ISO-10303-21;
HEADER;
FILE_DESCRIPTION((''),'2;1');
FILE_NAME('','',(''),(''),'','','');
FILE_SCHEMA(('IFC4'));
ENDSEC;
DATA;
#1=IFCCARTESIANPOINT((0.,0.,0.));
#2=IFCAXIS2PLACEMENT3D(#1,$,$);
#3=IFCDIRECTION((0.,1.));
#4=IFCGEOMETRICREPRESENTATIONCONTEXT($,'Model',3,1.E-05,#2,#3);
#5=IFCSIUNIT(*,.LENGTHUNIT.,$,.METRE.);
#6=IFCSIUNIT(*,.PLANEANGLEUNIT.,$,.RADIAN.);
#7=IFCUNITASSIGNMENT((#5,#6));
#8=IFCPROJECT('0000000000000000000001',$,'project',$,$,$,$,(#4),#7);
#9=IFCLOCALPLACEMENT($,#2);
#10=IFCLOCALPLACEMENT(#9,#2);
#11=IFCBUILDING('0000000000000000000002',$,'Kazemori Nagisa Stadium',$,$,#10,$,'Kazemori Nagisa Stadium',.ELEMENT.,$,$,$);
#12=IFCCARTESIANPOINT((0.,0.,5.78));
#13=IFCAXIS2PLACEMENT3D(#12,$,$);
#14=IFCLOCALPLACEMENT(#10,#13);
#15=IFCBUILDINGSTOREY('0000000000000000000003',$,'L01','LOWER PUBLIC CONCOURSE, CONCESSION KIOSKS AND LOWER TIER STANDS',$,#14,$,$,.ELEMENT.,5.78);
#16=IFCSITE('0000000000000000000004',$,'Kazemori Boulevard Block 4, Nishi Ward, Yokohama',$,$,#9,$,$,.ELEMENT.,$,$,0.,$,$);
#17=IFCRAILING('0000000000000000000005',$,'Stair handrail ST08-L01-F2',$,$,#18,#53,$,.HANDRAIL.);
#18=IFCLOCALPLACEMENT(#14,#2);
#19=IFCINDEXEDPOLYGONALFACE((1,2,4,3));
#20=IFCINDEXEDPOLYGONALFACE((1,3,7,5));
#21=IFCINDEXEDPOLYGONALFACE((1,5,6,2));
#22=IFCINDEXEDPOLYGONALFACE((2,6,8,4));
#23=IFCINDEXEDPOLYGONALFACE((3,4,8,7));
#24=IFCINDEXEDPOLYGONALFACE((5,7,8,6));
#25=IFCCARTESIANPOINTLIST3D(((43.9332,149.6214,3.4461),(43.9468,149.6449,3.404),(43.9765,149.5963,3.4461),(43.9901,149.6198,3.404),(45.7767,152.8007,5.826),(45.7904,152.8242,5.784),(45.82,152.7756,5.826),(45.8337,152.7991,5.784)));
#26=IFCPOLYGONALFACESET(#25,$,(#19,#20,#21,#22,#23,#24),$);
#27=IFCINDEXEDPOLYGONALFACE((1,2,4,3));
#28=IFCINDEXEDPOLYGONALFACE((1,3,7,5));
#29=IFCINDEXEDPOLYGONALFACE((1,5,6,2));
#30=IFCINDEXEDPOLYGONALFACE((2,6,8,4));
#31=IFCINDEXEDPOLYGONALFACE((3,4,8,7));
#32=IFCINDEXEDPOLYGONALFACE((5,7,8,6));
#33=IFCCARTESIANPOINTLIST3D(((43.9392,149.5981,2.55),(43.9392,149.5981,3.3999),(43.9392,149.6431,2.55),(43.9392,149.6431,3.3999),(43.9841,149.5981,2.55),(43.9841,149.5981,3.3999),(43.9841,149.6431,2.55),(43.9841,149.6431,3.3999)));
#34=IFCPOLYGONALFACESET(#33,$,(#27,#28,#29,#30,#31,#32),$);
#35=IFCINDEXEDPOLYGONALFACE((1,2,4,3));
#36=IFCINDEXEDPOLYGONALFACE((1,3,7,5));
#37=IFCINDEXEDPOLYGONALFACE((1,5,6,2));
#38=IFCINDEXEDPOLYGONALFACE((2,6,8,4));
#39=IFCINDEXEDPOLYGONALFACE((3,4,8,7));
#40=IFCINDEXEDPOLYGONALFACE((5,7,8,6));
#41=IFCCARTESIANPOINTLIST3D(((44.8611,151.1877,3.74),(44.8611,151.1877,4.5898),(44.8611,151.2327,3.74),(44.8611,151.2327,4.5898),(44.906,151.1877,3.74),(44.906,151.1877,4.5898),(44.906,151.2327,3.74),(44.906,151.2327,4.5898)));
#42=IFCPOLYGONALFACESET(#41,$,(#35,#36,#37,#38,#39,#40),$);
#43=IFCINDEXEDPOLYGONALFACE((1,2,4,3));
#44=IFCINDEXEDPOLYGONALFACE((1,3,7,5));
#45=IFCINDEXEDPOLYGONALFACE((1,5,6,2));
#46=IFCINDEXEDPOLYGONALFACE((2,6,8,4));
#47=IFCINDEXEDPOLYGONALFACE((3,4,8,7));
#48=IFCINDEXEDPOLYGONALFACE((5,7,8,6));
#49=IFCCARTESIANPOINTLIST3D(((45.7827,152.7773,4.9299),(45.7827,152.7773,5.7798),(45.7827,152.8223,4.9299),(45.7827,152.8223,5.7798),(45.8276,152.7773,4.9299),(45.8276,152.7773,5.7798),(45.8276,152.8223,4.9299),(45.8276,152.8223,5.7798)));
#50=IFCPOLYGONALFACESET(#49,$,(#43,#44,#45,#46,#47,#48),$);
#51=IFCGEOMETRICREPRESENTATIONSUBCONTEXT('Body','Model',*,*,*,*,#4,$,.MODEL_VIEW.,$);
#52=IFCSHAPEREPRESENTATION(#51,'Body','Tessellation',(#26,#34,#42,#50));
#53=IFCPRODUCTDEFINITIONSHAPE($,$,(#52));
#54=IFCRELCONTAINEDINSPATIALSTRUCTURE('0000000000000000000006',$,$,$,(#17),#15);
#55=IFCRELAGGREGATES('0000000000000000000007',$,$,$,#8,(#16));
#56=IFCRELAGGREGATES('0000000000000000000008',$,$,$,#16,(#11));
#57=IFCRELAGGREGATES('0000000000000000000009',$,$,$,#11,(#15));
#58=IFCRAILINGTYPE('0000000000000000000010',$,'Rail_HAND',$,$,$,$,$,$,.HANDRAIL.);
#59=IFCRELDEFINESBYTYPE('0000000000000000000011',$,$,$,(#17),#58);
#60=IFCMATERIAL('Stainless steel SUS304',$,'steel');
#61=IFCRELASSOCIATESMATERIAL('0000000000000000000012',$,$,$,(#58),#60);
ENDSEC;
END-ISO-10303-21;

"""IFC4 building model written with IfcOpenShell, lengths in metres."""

from ifc_helpers import new_model, si_unit, direction, frame, origin, origin_2d, place, context, subcontext, project, spatial, rectangle, extrude, material, type_object, element, save


model = new_model("IFC4")

# Units and contexts
model_context = context("Model", 3, precision=1e-05, world=origin(), true_north=direction((0.0, 1.0)))
body_context = subcontext(model_context, "Body", "Model", "MODEL_VIEW")
ifc_project = project(units=[si_unit("LENGTHUNIT", "METRE"), si_unit("PLANEANGLEUNIT", "RADIAN")], contexts=[model_context])

# Site, building, storey
site_placement = place(None, origin())
site = spatial("IfcSite", under=ifc_project, at=site_placement, Name="Kazemori Boulevard Block 4, Nishi Ward, Yokohama", CompositionType="ELEMENT", RefElevation=0.0)
building_placement = place(site_placement, origin())
building = spatial("IfcBuilding", under=site, at=building_placement, Name="Kazemori Nagisa Stadium", LongName="Kazemori Nagisa Stadium", CompositionType="ELEMENT")
storey_placement = place(building_placement, frame((0.0, 0.0, 5.78)))
storey = spatial("IfcBuildingStorey", under=building, at=storey_placement, Name="L01", Description="LOWER PUBLIC CONCOURSE, CONCESSION KIOSKS AND LOWER TIER STANDS", CompositionType="ELEMENT", Elevation=5.78)

# Railing
ifc_material_1 = material(Name="Stainless steel SUS304", Category="steel")
railing_type_1 = type_object("IfcRailingType", Name="Rail_HAND", PredefinedType="HANDRAIL", material=ifc_material_1)
railing_1_placement = place(storey_placement, frame((43.9617, 149.6206, 2.55)))
element("IfcRailing", 1, at=railing_1_placement, inside=storey, type_object=railing_type_1, Name="Stair handrail ST08-L01-F2", PredefinedType="HANDRAIL", context=body_context, shape_type="SweptSolid", body=[
    extrude(rectangle(XDim=0.05, YDim=0.05, at=origin_2d()), frame((0.0, 0.0, 0.875), z_axis=(0.421053, 0.726124, 0.543561), x_axis=(-0.865082, 0.501631, 0.0)), (0.0, 0.0, 1.0), 4.3784),
    extrude(rectangle(XDim=0.0449, YDim=0.0449, at=origin_2d()), origin(), (0.0, 0.0, 1.0), 0.8499),
    extrude(rectangle(XDim=0.0449, YDim=0.0449, at=origin_2d()), frame((0.9219, 1.5896, 1.1899)), (0.0, 0.0, 1.0), 0.8499),
    extrude(rectangle(XDim=0.0449, YDim=0.0449, at=origin_2d()), frame((1.8435, 3.1792, 2.3799)), (0.0, 0.0, 1.0), 0.8499),
])

save(model, "model.ifc")
